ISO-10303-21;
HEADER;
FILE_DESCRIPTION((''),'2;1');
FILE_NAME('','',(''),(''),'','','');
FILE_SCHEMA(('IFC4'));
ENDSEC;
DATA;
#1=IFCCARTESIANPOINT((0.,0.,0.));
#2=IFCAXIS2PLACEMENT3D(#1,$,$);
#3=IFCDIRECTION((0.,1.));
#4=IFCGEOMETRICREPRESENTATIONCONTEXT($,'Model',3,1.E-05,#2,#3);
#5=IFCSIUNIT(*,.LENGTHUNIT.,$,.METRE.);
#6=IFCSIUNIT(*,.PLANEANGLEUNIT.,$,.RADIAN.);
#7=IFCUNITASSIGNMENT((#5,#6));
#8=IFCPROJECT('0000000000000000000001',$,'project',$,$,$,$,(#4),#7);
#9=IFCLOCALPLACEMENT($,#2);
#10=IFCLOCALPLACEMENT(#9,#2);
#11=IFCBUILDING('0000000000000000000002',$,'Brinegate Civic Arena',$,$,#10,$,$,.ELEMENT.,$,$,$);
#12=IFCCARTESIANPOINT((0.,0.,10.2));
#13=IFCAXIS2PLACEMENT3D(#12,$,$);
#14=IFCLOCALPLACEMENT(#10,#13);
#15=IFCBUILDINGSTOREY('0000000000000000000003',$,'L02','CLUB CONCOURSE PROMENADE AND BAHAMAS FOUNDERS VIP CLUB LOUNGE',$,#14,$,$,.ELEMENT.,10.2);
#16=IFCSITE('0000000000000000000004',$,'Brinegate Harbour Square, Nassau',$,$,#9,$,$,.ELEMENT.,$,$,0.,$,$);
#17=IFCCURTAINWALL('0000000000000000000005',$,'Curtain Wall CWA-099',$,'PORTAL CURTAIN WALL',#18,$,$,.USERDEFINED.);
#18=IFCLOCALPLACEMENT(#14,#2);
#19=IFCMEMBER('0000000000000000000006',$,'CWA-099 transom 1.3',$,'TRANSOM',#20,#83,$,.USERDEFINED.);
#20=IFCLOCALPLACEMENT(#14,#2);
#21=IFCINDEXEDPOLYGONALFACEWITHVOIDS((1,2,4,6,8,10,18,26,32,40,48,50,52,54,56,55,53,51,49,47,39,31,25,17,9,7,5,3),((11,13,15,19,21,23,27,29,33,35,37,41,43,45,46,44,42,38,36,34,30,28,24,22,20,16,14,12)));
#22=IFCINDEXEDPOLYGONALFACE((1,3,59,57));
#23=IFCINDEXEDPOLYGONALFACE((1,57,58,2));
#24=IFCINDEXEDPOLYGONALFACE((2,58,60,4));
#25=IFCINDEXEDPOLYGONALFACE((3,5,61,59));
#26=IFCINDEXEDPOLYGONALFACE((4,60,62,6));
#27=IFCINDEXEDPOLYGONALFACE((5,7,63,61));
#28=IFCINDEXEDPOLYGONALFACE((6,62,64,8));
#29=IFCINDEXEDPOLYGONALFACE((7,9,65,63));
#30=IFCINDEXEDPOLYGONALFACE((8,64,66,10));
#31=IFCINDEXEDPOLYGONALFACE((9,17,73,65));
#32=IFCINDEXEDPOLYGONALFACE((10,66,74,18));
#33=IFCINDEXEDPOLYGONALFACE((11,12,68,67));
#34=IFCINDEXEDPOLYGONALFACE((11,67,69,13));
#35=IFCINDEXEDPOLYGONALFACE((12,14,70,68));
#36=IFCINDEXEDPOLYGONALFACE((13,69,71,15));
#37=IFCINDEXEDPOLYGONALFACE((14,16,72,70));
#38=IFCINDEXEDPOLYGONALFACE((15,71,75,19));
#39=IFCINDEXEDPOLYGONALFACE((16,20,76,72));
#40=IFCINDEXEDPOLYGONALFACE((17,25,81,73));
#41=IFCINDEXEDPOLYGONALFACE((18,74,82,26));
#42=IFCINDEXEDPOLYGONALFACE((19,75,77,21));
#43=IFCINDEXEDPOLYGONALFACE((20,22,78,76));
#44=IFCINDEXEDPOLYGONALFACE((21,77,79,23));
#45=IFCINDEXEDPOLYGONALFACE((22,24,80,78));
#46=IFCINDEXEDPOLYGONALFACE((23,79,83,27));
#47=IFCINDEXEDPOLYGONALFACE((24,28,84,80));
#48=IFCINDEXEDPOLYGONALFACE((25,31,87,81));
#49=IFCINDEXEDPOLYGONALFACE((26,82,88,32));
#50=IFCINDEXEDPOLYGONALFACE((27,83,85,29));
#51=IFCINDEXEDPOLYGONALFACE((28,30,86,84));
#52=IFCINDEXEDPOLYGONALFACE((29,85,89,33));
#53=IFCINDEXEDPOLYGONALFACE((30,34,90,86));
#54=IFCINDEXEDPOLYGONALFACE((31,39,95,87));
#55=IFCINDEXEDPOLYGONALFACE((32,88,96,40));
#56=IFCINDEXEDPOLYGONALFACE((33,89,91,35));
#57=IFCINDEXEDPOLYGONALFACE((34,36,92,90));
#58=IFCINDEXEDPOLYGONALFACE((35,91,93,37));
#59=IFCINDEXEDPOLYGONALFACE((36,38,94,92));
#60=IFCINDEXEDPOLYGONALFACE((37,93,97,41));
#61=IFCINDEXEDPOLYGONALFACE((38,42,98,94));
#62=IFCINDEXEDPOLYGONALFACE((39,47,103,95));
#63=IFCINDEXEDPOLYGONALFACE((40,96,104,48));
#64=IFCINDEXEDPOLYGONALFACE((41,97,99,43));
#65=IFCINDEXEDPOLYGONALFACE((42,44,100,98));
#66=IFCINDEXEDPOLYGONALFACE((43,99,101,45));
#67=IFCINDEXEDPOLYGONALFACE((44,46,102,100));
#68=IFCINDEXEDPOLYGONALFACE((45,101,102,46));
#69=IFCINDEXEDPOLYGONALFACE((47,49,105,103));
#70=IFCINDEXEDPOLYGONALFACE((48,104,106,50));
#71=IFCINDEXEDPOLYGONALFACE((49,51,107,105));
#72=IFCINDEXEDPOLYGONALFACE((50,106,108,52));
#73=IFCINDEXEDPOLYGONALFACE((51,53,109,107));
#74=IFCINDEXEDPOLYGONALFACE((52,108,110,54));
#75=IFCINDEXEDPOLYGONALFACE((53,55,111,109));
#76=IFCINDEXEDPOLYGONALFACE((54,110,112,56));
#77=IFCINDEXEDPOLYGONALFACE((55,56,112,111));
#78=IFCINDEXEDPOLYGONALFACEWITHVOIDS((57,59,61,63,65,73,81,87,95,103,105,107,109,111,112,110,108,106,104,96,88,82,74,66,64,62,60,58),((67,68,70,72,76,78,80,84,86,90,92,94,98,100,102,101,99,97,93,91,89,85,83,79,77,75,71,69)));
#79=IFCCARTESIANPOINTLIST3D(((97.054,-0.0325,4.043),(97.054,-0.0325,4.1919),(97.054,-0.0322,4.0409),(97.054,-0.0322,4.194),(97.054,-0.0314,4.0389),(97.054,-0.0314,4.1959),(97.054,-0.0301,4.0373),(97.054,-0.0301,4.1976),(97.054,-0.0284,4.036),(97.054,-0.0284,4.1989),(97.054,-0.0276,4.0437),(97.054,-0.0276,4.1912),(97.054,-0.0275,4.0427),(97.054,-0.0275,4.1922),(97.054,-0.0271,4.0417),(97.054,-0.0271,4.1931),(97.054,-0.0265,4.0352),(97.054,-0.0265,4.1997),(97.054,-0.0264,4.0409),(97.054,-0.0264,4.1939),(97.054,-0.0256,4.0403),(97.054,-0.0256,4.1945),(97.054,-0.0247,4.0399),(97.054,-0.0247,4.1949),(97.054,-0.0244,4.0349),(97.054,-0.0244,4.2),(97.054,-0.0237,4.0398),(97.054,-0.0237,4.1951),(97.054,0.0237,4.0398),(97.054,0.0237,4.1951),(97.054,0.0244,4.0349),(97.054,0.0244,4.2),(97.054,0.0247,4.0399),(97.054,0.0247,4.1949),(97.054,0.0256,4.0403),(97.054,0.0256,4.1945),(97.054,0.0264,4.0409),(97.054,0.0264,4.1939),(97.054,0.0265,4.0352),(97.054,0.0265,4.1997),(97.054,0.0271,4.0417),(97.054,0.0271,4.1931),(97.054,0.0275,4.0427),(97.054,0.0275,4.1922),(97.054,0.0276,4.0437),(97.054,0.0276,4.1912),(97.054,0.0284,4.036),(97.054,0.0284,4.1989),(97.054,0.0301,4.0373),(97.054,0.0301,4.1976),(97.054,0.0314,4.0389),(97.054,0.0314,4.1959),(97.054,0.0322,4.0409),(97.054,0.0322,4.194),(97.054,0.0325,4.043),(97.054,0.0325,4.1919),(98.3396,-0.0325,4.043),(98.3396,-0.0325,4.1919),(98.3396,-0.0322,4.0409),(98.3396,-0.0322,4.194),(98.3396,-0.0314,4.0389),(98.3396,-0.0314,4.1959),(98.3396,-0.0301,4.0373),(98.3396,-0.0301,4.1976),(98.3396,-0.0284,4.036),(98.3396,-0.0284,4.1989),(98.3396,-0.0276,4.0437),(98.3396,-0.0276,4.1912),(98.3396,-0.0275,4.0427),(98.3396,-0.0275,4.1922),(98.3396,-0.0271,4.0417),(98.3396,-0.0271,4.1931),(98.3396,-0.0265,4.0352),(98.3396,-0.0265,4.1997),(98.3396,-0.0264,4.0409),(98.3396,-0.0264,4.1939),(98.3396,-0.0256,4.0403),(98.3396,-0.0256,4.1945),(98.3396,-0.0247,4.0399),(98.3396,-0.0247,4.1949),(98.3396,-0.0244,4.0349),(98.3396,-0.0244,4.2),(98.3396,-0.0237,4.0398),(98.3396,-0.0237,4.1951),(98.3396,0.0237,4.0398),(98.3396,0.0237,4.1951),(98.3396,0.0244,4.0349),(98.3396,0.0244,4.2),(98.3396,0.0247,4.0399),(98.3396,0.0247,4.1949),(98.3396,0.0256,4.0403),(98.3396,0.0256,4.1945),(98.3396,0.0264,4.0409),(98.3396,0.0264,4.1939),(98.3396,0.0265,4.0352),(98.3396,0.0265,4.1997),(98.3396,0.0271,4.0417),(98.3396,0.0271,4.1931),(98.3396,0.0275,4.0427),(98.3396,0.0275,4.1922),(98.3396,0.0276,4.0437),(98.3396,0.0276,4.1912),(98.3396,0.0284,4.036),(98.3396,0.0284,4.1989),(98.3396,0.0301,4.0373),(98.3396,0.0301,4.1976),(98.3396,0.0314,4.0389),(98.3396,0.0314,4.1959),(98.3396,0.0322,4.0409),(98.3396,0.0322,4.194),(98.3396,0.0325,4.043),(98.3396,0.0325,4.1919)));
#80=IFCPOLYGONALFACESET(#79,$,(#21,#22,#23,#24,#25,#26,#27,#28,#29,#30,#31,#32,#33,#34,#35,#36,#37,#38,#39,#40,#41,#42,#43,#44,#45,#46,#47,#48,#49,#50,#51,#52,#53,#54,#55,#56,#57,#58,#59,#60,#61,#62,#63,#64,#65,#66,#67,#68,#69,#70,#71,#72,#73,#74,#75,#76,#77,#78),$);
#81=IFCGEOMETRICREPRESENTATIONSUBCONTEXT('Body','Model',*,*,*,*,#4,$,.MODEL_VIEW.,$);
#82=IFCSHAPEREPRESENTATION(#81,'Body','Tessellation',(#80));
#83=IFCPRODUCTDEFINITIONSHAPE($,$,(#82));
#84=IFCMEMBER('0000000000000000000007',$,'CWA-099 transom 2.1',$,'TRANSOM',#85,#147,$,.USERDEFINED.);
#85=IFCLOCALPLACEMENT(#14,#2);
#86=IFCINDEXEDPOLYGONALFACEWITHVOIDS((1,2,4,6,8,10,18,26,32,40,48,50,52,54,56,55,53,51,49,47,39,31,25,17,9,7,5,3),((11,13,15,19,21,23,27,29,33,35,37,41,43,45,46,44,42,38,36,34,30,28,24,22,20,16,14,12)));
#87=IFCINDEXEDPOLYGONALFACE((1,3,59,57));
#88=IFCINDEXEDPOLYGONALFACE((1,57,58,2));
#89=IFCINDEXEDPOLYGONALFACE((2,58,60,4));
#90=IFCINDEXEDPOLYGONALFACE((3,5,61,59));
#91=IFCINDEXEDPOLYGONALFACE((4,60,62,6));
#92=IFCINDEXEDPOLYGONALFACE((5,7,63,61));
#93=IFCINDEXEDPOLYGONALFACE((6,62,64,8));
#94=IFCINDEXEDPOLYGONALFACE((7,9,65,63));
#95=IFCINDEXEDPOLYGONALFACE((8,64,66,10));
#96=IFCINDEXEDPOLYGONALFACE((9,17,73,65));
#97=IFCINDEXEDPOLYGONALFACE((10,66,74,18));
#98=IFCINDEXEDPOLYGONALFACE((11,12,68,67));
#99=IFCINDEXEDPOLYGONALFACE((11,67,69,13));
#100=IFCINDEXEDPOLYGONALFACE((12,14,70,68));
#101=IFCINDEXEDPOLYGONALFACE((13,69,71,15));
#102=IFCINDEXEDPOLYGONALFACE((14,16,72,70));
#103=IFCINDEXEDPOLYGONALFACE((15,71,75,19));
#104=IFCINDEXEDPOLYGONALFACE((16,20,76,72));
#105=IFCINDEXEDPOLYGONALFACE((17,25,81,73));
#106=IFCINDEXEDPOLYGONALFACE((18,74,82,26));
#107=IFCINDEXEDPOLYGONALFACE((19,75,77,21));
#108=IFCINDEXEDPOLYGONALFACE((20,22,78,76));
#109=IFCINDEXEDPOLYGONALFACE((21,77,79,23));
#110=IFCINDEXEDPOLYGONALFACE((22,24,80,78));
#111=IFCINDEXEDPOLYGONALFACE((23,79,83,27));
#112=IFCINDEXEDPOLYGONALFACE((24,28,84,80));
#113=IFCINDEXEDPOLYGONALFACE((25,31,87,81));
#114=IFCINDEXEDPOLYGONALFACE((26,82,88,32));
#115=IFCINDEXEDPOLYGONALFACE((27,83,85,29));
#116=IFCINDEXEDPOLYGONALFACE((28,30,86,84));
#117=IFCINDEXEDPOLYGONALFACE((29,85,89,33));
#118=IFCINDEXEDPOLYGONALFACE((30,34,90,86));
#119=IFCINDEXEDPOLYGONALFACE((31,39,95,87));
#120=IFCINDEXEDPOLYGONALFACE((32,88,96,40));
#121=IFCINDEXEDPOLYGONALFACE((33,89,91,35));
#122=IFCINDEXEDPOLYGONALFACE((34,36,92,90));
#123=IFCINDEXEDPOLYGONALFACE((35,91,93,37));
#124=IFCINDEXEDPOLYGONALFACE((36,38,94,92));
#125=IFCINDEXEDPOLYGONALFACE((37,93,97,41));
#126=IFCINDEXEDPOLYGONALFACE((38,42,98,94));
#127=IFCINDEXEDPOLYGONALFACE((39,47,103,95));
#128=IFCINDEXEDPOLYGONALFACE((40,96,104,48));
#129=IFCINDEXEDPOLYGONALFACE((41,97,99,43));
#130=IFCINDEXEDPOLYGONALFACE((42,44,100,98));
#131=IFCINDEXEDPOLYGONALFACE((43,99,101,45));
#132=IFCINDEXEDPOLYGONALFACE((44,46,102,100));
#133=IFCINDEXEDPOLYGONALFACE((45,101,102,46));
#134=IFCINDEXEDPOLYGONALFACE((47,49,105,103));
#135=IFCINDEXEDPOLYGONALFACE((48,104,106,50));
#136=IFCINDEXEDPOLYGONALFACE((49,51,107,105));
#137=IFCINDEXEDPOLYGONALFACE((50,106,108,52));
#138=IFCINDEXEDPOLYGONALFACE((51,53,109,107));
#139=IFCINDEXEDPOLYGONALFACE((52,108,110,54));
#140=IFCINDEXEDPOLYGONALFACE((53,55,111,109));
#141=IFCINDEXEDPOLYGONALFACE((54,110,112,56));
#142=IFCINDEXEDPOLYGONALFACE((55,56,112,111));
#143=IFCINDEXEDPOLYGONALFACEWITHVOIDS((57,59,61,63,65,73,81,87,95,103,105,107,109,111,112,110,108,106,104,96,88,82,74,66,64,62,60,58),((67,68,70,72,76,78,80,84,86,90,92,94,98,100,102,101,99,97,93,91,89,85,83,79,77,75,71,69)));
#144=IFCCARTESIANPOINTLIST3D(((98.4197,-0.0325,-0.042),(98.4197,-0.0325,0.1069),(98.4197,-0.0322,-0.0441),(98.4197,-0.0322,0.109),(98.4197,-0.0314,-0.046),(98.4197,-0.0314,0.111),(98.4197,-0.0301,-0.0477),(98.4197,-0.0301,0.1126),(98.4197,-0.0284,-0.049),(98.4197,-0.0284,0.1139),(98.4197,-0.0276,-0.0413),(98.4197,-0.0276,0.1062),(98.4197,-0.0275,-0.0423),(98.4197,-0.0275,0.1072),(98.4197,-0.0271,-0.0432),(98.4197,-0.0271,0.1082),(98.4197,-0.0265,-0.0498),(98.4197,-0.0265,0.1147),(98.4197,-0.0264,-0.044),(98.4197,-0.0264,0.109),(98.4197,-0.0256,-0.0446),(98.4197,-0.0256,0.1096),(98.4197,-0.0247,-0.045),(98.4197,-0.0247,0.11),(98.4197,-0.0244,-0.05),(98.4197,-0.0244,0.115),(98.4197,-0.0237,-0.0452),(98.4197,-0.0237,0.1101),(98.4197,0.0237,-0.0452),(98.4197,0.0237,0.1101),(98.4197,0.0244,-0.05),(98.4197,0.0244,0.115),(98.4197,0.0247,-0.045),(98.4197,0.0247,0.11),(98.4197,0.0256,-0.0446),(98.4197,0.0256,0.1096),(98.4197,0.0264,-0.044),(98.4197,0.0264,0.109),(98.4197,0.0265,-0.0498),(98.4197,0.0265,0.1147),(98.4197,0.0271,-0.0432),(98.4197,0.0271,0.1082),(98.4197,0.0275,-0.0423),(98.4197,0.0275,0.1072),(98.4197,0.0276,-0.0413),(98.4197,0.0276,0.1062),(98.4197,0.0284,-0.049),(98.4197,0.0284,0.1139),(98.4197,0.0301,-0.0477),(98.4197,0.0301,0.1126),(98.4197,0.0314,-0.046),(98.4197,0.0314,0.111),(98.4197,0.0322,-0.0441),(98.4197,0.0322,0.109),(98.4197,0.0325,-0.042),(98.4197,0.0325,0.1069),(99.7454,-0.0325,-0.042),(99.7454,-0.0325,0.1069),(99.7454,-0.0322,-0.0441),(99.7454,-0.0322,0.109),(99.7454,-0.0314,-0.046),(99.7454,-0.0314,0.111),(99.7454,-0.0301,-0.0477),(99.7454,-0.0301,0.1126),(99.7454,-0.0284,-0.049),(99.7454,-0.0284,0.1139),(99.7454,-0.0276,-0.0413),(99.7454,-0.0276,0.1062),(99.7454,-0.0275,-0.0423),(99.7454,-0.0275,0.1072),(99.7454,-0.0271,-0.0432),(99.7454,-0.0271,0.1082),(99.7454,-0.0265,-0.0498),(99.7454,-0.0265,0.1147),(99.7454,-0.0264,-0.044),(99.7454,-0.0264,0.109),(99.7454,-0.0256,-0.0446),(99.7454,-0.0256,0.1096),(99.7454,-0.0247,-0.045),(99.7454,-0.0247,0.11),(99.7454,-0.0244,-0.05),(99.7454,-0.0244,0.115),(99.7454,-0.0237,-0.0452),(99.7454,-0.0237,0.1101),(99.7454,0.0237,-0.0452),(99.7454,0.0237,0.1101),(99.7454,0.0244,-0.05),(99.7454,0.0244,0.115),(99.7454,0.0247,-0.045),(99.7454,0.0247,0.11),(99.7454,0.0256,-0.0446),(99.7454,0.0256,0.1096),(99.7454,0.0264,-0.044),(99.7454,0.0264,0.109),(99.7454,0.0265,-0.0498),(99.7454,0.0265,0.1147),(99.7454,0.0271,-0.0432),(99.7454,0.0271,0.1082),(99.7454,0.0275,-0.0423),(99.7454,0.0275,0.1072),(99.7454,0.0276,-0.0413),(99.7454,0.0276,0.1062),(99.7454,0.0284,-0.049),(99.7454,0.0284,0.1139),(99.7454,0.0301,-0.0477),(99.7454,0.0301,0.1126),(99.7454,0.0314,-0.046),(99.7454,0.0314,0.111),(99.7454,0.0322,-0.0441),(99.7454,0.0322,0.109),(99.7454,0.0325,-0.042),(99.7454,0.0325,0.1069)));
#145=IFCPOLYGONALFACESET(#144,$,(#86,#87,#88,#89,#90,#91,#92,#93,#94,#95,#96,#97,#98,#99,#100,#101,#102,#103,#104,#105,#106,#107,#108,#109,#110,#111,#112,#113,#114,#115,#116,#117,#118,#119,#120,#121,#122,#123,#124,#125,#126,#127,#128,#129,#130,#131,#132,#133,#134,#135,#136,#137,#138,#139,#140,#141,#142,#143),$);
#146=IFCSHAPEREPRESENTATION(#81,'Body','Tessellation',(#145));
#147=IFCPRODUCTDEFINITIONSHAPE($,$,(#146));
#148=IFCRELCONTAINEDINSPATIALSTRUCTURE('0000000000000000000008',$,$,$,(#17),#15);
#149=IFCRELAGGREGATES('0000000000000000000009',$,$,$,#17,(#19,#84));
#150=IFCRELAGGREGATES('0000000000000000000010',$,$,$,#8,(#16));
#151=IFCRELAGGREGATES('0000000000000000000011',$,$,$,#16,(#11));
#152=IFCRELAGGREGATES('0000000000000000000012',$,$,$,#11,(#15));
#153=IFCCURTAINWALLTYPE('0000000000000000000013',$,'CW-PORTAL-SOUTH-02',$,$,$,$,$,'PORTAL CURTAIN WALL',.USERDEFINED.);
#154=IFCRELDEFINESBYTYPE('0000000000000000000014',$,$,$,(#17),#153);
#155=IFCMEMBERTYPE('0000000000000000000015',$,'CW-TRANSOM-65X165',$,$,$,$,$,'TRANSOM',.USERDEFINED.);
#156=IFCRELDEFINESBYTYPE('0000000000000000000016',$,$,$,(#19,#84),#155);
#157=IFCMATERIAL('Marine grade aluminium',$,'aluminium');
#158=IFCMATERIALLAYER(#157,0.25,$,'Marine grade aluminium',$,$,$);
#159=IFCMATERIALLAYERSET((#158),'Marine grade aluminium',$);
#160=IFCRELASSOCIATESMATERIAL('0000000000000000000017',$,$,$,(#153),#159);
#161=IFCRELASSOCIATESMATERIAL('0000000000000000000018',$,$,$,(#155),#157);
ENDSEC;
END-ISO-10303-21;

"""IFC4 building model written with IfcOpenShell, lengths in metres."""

from ifc_helpers import new_model, si_unit, direction, frame, origin, origin_2d, place, context, subcontext, project, spatial, hollow_rectangle, extrude, material, layer, layer_set, material_profile, profile_set, type_object, element, aggregate, save


model = new_model("IFC4")

# Units and contexts
model_context = context("Model", 3, precision=1e-05, world=origin(), true_north=direction((0.0, 1.0)))
body_context = subcontext(model_context, "Body", "Model", "MODEL_VIEW")
ifc_project = project(units=[si_unit("LENGTHUNIT", "METRE"), si_unit("PLANEANGLEUNIT", "RADIAN")], contexts=[model_context])

# Site, building, storey
site_placement = place(None, origin())
site = spatial("IfcSite", under=ifc_project, at=site_placement, Name="Brinegate Harbour Square, Nassau", CompositionType="ELEMENT", RefElevation=0.0)
building_placement = place(site_placement, origin())
building = spatial("IfcBuilding", under=site, at=building_placement, Name="Brinegate Civic Arena", CompositionType="ELEMENT")
storey_placement = place(building_placement, frame((0.0, 0.0, 10.2)))
storey = spatial("IfcBuildingStorey", under=building, at=storey_placement, Name="L02", Description="CLUB CONCOURSE PROMENADE AND BAHAMAS FOUNDERS VIP CLUB LOUNGE", CompositionType="ELEMENT", Elevation=10.2)

# Shared definitions
ifc_material_1 = material(Name="Marine grade aluminium", Category="aluminium")
ifc_layer_1 = layer(ifc_material_1, 0.25, Name="Marine grade aluminium")
ifc_layer_set_1 = layer_set([ifc_layer_1], Name="Marine grade aluminium")
curtain_wall_type = type_object("IfcCurtainWallType", Name="CW-PORTAL-SOUTH-02", ElementType="PORTAL CURTAIN WALL", PredefinedType="USERDEFINED", material=ifc_layer_set_1)

# Curtain wall, members
curtain_wall_1_placement = place(storey_placement, origin())
curtain_wall_1 = element("IfcCurtainWall", 1, at=curtain_wall_1_placement, inside=storey, type_object=curtain_wall_type, Name="Curtain Wall CWA-099", ObjectType="PORTAL CURTAIN WALL", PredefinedType="USERDEFINED")
ifc_material_profile_1 = material_profile(ifc_material_1, hollow_rectangle(XDim=0.0649, YDim=0.165, WallThickness=0.0049, InnerFilletRadius=0.0039, OuterFilletRadius=0.0081, at=origin_2d()), Name="TRN65X165")
ifc_profile_set_1 = profile_set([ifc_material_profile_1], Name="Marine grade aluminium")
member_type_1 = type_object("IfcMemberType", Name="CW-TRANSOM-65X165", ElementType="TRANSOM", PredefinedType="USERDEFINED", material=ifc_profile_set_1)
member_1_placement = place(storey_placement, frame((97.054, 0.0, 4.1174), z_axis=(1.0, 0.0, 0.0), x_axis=(0.0, 1.0, 0.0)))
member_1 = element("IfcMember", 2, at=member_1_placement, type_object=member_type_1, Name="CWA-099 transom 1.3", ObjectType="TRANSOM", PredefinedType="USERDEFINED", context=body_context, shape_type="SweptSolid", body=[
    extrude(hollow_rectangle(XDim=0.0649, YDim=0.165, WallThickness=0.0049, InnerFilletRadius=0.0039, OuterFilletRadius=0.0081, at=origin_2d()), origin(), (0.0, 0.0, 1.0), 1.2856),
])
member_2_placement = place(storey_placement, frame((98.4197, 0.0, 0.0325), z_axis=(1.0, 0.0, 0.0), x_axis=(0.0, 1.0, 0.0)))
member_2 = element("IfcMember", 3, at=member_2_placement, type_object=member_type_1, Name="CWA-099 transom 2.1", ObjectType="TRANSOM", PredefinedType="USERDEFINED", context=body_context, shape_type="SweptSolid", body=[
    extrude(hollow_rectangle(XDim=0.0649, YDim=0.165, WallThickness=0.0049, InnerFilletRadius=0.0039, OuterFilletRadius=0.0081, at=origin_2d()), origin(), (0.0, 0.0, 1.0), 1.3257),
])

aggregate(curtain_wall_1, [member_1, member_2])

save(model, "model.ifc")
